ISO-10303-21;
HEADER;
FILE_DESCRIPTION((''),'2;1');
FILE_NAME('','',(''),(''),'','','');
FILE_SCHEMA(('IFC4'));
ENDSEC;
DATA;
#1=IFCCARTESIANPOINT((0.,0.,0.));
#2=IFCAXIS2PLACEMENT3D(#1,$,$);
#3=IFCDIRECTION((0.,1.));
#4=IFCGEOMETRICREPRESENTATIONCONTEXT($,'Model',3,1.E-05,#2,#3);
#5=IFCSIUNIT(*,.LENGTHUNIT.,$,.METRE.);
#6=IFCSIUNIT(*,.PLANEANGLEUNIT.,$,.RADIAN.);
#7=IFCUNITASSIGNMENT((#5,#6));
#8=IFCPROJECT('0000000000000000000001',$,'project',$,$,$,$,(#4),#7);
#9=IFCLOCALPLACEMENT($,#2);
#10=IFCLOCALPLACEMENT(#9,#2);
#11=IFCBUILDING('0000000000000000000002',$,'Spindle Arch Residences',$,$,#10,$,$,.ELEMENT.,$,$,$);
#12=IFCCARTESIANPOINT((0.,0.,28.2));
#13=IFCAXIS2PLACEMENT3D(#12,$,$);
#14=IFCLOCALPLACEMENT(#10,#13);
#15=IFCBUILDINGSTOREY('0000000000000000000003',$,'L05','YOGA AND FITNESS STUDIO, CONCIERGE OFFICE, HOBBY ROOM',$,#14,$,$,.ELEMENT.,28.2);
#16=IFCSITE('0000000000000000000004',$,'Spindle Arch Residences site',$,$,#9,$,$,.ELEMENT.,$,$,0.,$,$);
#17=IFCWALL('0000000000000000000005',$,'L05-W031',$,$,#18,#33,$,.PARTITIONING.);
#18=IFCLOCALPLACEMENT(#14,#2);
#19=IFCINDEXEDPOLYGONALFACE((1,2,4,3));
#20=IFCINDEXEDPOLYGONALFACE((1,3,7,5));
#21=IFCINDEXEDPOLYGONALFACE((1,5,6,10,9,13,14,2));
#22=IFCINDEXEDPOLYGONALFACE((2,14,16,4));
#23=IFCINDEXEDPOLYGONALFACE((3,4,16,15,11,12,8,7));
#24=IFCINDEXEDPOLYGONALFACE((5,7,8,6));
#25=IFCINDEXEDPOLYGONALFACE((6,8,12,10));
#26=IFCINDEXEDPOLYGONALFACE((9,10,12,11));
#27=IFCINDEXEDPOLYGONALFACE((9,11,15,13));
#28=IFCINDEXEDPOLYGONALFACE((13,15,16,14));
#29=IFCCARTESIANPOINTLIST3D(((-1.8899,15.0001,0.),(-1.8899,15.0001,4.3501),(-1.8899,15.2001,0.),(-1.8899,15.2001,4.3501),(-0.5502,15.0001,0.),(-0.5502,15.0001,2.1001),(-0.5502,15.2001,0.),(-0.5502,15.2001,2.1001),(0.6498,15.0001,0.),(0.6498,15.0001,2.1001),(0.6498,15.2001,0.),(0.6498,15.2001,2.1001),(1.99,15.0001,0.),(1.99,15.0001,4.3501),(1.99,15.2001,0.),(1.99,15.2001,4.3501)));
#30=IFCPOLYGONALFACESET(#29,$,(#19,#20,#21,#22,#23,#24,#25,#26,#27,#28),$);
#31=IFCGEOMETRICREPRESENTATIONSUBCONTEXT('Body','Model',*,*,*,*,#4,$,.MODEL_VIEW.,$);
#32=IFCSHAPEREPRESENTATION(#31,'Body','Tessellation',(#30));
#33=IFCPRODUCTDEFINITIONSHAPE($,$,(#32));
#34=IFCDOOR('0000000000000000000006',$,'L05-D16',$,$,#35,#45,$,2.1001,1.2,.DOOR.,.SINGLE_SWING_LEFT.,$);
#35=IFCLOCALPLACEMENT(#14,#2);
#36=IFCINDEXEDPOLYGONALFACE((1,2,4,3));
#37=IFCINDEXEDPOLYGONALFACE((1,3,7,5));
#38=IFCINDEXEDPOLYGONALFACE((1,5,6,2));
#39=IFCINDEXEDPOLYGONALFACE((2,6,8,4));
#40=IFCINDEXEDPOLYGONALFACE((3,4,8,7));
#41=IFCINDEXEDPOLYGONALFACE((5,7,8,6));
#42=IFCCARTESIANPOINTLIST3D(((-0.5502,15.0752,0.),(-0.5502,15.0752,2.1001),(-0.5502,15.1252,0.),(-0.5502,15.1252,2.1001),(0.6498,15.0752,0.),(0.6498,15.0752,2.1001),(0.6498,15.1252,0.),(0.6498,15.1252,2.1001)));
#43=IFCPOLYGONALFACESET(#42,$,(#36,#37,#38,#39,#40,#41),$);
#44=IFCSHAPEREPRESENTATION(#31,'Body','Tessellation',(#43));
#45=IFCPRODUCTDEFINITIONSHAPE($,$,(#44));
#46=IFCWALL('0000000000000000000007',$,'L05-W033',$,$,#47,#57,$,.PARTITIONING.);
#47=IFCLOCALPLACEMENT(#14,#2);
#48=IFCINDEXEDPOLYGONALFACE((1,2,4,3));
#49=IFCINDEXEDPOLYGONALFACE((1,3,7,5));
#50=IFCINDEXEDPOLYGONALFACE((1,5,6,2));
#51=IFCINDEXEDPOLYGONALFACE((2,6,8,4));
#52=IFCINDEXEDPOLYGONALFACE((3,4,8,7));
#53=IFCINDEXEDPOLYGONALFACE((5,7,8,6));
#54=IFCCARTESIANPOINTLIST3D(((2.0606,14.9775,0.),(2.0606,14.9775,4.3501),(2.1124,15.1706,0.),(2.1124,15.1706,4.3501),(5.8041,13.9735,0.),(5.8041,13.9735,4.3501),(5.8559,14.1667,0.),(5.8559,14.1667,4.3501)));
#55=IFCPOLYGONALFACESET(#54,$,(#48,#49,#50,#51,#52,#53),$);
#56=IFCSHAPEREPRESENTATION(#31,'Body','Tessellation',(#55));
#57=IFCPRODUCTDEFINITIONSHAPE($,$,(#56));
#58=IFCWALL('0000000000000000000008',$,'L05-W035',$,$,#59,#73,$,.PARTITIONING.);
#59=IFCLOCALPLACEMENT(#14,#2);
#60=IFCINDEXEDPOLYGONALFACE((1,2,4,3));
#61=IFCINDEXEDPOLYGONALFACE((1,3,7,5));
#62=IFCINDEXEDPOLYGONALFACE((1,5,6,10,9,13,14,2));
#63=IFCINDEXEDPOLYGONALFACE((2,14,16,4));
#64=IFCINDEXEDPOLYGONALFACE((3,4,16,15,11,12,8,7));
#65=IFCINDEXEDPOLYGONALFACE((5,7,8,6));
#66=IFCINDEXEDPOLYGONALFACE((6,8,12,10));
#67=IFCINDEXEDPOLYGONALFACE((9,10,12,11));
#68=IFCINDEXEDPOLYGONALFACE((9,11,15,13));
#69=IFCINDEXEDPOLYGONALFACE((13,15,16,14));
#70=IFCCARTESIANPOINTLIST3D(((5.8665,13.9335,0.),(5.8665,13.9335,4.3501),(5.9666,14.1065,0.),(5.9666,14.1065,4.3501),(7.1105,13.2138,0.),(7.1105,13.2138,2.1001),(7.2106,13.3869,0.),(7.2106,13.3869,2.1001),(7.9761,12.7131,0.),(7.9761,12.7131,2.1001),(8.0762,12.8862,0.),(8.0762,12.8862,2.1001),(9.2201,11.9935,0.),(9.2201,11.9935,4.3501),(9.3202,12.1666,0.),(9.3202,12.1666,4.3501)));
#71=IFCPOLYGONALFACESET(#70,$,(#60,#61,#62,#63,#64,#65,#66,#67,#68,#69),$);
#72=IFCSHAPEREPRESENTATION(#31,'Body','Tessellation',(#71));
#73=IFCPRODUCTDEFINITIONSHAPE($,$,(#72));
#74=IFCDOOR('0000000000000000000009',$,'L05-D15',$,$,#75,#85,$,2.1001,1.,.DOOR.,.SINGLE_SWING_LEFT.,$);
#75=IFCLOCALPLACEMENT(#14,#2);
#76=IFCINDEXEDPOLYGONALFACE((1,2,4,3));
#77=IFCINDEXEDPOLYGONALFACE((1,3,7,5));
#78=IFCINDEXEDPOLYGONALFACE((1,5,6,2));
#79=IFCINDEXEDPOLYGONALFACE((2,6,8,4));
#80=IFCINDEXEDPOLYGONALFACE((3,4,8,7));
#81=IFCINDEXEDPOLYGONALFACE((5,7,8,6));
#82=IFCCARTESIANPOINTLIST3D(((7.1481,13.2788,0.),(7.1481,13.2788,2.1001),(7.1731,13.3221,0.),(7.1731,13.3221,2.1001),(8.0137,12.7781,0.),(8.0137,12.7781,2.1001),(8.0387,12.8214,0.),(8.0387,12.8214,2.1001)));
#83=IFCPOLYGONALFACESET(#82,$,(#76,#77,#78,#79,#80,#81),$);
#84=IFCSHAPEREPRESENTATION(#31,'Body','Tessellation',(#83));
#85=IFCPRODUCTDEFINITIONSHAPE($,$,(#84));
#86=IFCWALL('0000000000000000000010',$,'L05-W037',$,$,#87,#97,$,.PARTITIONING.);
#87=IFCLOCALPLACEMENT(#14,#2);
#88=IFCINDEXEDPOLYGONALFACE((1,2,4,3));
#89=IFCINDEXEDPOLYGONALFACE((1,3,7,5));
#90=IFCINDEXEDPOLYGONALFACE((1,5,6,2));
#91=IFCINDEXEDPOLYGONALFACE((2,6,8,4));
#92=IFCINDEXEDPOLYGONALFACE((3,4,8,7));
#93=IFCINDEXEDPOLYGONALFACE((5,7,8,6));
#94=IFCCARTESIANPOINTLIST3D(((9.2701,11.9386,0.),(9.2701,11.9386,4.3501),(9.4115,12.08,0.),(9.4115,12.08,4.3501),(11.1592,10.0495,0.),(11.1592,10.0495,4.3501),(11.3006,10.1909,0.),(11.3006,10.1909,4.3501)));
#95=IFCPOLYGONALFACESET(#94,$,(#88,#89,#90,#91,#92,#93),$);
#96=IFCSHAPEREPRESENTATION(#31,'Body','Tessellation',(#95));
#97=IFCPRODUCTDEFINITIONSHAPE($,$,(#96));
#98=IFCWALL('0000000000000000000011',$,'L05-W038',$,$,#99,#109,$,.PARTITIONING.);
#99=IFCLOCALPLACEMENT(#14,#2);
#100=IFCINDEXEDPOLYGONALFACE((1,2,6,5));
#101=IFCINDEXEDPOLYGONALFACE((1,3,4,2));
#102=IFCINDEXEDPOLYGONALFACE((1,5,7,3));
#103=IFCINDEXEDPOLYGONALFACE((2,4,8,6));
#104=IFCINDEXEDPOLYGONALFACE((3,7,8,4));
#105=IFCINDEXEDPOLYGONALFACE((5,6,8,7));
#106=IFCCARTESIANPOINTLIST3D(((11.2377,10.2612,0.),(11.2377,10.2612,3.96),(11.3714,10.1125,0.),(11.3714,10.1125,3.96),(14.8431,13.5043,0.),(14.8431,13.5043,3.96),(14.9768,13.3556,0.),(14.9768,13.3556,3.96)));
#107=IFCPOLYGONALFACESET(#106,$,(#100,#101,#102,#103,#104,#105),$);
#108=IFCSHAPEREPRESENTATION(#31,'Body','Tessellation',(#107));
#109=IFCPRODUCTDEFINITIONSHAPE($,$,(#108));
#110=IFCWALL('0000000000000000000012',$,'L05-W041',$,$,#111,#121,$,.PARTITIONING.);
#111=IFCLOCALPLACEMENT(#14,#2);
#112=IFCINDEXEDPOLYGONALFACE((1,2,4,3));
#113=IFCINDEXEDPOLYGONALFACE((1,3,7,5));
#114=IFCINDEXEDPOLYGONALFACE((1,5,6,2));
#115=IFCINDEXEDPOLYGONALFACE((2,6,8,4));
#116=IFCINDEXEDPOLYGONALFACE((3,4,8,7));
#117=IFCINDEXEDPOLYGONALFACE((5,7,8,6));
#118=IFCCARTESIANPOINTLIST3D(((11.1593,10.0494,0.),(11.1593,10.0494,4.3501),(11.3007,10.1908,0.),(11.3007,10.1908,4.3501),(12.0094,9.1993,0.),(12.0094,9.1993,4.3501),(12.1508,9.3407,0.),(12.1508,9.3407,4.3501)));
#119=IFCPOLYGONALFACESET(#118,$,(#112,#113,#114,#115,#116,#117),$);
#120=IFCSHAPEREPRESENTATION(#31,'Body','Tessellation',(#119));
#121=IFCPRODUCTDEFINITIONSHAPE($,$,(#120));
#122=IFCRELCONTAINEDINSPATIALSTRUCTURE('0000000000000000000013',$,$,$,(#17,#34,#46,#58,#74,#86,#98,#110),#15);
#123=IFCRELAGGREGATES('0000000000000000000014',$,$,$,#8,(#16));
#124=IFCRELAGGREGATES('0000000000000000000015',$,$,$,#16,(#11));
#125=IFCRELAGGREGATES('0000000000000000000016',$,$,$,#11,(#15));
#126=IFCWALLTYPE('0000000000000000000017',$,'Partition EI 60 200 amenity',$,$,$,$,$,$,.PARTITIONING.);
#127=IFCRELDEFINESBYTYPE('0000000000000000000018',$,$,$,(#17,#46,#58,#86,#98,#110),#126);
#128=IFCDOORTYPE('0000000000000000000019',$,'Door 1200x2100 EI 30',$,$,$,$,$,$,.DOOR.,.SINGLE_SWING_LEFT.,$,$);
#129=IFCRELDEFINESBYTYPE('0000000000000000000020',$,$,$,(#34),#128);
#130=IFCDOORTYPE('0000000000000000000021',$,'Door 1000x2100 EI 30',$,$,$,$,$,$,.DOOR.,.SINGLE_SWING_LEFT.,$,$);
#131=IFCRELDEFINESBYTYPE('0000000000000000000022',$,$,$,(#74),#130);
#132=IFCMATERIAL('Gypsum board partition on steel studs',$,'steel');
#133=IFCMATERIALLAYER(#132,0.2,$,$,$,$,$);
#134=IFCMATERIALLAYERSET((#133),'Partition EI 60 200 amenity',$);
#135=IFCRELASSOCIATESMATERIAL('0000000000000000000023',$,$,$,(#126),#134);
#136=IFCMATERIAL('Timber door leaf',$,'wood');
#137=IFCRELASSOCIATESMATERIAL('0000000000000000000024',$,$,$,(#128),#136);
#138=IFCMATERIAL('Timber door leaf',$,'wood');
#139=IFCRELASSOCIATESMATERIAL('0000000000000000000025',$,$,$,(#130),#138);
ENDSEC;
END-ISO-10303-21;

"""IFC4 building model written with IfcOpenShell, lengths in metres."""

from ifc_helpers import new_model, si_unit, direction, frame, frame_2d, origin, place, context, subcontext, project, spatial, rectangle, extrude, material, layer, layer_set, type_object, element, fill, save


model = new_model("IFC4")

# Units and contexts
model_context = context("Model", 3, precision=1e-05, world=origin(), true_north=direction((0.0, 1.0)))
body_context = subcontext(model_context, "Body", "Model", "MODEL_VIEW")
ifc_project = project(units=[si_unit("LENGTHUNIT", "METRE"), si_unit("PLANEANGLEUNIT", "RADIAN")], contexts=[model_context])

# Site, building, storey
site_placement = place(None, origin())
site = spatial("IfcSite", under=ifc_project, at=site_placement, Name="Spindle Arch Residences site", CompositionType="ELEMENT", RefElevation=0.0)
building_placement = place(site_placement, origin())
building = spatial("IfcBuilding", under=site, at=building_placement, Name="Spindle Arch Residences", CompositionType="ELEMENT")
storey_placement = place(building_placement, frame((0.0, 0.0, 28.2)))
storey = spatial("IfcBuildingStorey", under=building, at=storey_placement, Name="L05", Description="YOGA AND FITNESS STUDIO, CONCIERGE OFFICE, HOBBY ROOM", CompositionType="ELEMENT", Elevation=28.2)

# Wall, opening, door
ifc_material_1 = material(Name="Gypsum board partition on steel studs", Category="steel")
ifc_layer_1 = layer(ifc_material_1, 0.2)
ifc_layer_set_1 = layer_set([ifc_layer_1], Name="Partition EI 60 200 amenity")
wall_type_1 = type_object("IfcWallType", Name="Partition EI 60 200 amenity", PredefinedType="PARTITIONING", material=ifc_layer_set_1)
wall_1_placement = place(storey_placement, frame((1.99, 15.1001, 0.0), z_axis=(0.0, 0.0, 1.0), x_axis=(-1.0, 0.0, 0.0)))
wall_1 = element("IfcWall", 1, at=wall_1_placement, inside=storey, type_object=wall_type_1, Name="L05-W031", PredefinedType="PARTITIONING", context=body_context, shape_type="SweptSolid", body=[
    extrude(rectangle(XDim=3.8799, YDim=0.2, at=frame_2d((1.9399, 0.0))), origin(), (0.0, 0.0, 1.0), 4.3501),
])
opening_1_placement = place(wall_1_placement, frame((1.3401, 0.0, 0.0)))
opening_1 = element("IfcOpeningElement", 2, at=opening_1_placement, cuts=wall_1, PredefinedType="OPENING", context=body_context, shape_type="SweptSolid", body=[
    extrude(rectangle(XDim=1.2, YDim=2.1001, at=frame_2d((0.6001, 1.05))), frame((0.0, 0.1099, 0.0), z_axis=(0.0, -1.0, 0.0), x_axis=(1.0, 0.0, 0.0)), (0.0, 0.0, 1.0), 0.22),
])
ifc_material_2 = material(Name="Timber door leaf", Category="wood")
door_type_1 = type_object("IfcDoorType", Name="Door 1200x2100 EI 30", OperationType="SINGLE_SWING_LEFT", PredefinedType="DOOR", material=ifc_material_2)
door_1_placement = place(opening_1_placement, origin())
door_1 = element("IfcDoor", 3, at=door_1_placement, inside=storey, type_object=door_type_1, Name="L05-D16", OperationType="SINGLE_SWING_LEFT", OverallHeight=2.1001, OverallWidth=1.2, PredefinedType="DOOR", context=body_context, shape_type="SweptSolid", body=[
    extrude(rectangle(XDim=1.2, YDim=2.1001, at=frame_2d((0.6001, 1.05))), frame((0.0, 0.0249, 0.0), z_axis=(0.0, -1.0, 0.0), x_axis=(1.0, 0.0, 0.0)), (0.0, 0.0, 1.0), 0.05),
])
fill(opening_1, door_1)

# Wall
wall_2_placement = place(storey_placement, frame((5.8301, 14.0701, 0.0), z_axis=(0.0, 0.0, 1.0), x_axis=(-0.96587, 0.259027, 0.0)))
element("IfcWall", 4, at=wall_2_placement, inside=storey, type_object=wall_type_1, Name="L05-W033", PredefinedType="PARTITIONING", context=body_context, shape_type="SweptSolid", body=[
    extrude(rectangle(XDim=3.8757, YDim=0.2, at=frame_2d((1.938, 0.0))), origin(), (0.0, 0.0, 1.0), 4.3501),
])

# Wall, opening, door
wall_3_placement = place(storey_placement, frame((9.27, 12.0801, 0.0), z_axis=(0.0, 0.0, 1.0), x_axis=(-0.865602, 0.500733, 0.0)))
wall_3 = element("IfcWall", 5, at=wall_3_placement, inside=storey, type_object=wall_type_1, Name="L05-W035", PredefinedType="PARTITIONING", context=body_context, shape_type="SweptSolid", body=[
    extrude(rectangle(XDim=3.8743, YDim=0.2, at=frame_2d((1.937, 0.0))), origin(), (0.0, 0.0, 1.0), 4.3501),
])
opening_2_placement = place(wall_3_placement, frame((1.437, 0.0, 0.0)))
opening_2 = element("IfcOpeningElement", 6, at=opening_2_placement, cuts=wall_3, PredefinedType="OPENING", context=body_context, shape_type="SweptSolid", body=[
    extrude(rectangle(XDim=1.0, YDim=2.1001, at=frame_2d((0.5, 1.05))), frame((0.0, 0.1099, 0.0), z_axis=(0.0, -1.0, 0.0), x_axis=(1.0, 0.0, 0.0)), (0.0, 0.0, 1.0), 0.22),
])
ifc_material_3 = material(Name="Timber door leaf", Category="wood")
door_type_2 = type_object("IfcDoorType", Name="Door 1000x2100 EI 30", OperationType="SINGLE_SWING_LEFT", PredefinedType="DOOR", material=ifc_material_3)
door_2_placement = place(opening_2_placement, origin())
door_2 = element("IfcDoor", 7, at=door_2_placement, inside=storey, type_object=door_type_2, Name="L05-D15", OperationType="SINGLE_SWING_LEFT", OverallHeight=2.1001, OverallWidth=1.0, PredefinedType="DOOR", context=body_context, shape_type="SweptSolid", body=[
    extrude(rectangle(XDim=1.0, YDim=2.1001, at=frame_2d((0.5, 1.05))), frame((0.0, 0.0249, 0.0), z_axis=(0.0, -1.0, 0.0), x_axis=(1.0, 0.0, 0.0)), (0.0, 0.0, 1.0), 0.05),
])
fill(opening_2, door_2)

# Walls
wall_4_placement = place(storey_placement, frame((11.23, 10.1201, 0.0), z_axis=(0.0, 0.0, 1.0), x_axis=(-0.707107, 0.707107, 0.0)))
element("IfcWall", 8, at=wall_4_placement, inside=storey, type_object=wall_type_1, Name="L05-W037", PredefinedType="PARTITIONING", context=body_context, shape_type="SweptSolid", body=[
    extrude(rectangle(XDim=2.6716, YDim=0.2, at=frame_2d((1.3359, 0.0))), origin(), (0.0, 0.0, 1.0), 4.3501),
])
wall_5_placement = place(storey_placement, frame((11.3044, 10.1868, 0.0), z_axis=(0.0, 0.0, 1.0), x_axis=(0.743474, 0.668764, 0.0)))
element("IfcWall", 9, at=wall_5_placement, inside=storey, type_object=wall_type_1, Name="L05-W038", PredefinedType="PARTITIONING", context=body_context, shape_type="SweptSolid", body=[
    extrude(rectangle(XDim=4.8494, YDim=0.2, at=frame_2d((2.4248, 0.0))), origin(), (0.0, 0.0, 1.0), 3.96),
])
wall_6_placement = place(storey_placement, frame((12.0801, 9.27, 0.0), z_axis=(0.0, 0.0, 1.0), x_axis=(-0.707107, 0.707107, 0.0)))
element("IfcWall", 10, at=wall_6_placement, inside=storey, type_object=wall_type_1, Name="L05-W041", PredefinedType="PARTITIONING", context=body_context, shape_type="SweptSolid", body=[
    extrude(rectangle(XDim=1.2021, YDim=0.2, at=frame_2d((0.6011, 0.0))), origin(), (0.0, 0.0, 1.0), 4.3501),
])

save(model, "model.ifc")
